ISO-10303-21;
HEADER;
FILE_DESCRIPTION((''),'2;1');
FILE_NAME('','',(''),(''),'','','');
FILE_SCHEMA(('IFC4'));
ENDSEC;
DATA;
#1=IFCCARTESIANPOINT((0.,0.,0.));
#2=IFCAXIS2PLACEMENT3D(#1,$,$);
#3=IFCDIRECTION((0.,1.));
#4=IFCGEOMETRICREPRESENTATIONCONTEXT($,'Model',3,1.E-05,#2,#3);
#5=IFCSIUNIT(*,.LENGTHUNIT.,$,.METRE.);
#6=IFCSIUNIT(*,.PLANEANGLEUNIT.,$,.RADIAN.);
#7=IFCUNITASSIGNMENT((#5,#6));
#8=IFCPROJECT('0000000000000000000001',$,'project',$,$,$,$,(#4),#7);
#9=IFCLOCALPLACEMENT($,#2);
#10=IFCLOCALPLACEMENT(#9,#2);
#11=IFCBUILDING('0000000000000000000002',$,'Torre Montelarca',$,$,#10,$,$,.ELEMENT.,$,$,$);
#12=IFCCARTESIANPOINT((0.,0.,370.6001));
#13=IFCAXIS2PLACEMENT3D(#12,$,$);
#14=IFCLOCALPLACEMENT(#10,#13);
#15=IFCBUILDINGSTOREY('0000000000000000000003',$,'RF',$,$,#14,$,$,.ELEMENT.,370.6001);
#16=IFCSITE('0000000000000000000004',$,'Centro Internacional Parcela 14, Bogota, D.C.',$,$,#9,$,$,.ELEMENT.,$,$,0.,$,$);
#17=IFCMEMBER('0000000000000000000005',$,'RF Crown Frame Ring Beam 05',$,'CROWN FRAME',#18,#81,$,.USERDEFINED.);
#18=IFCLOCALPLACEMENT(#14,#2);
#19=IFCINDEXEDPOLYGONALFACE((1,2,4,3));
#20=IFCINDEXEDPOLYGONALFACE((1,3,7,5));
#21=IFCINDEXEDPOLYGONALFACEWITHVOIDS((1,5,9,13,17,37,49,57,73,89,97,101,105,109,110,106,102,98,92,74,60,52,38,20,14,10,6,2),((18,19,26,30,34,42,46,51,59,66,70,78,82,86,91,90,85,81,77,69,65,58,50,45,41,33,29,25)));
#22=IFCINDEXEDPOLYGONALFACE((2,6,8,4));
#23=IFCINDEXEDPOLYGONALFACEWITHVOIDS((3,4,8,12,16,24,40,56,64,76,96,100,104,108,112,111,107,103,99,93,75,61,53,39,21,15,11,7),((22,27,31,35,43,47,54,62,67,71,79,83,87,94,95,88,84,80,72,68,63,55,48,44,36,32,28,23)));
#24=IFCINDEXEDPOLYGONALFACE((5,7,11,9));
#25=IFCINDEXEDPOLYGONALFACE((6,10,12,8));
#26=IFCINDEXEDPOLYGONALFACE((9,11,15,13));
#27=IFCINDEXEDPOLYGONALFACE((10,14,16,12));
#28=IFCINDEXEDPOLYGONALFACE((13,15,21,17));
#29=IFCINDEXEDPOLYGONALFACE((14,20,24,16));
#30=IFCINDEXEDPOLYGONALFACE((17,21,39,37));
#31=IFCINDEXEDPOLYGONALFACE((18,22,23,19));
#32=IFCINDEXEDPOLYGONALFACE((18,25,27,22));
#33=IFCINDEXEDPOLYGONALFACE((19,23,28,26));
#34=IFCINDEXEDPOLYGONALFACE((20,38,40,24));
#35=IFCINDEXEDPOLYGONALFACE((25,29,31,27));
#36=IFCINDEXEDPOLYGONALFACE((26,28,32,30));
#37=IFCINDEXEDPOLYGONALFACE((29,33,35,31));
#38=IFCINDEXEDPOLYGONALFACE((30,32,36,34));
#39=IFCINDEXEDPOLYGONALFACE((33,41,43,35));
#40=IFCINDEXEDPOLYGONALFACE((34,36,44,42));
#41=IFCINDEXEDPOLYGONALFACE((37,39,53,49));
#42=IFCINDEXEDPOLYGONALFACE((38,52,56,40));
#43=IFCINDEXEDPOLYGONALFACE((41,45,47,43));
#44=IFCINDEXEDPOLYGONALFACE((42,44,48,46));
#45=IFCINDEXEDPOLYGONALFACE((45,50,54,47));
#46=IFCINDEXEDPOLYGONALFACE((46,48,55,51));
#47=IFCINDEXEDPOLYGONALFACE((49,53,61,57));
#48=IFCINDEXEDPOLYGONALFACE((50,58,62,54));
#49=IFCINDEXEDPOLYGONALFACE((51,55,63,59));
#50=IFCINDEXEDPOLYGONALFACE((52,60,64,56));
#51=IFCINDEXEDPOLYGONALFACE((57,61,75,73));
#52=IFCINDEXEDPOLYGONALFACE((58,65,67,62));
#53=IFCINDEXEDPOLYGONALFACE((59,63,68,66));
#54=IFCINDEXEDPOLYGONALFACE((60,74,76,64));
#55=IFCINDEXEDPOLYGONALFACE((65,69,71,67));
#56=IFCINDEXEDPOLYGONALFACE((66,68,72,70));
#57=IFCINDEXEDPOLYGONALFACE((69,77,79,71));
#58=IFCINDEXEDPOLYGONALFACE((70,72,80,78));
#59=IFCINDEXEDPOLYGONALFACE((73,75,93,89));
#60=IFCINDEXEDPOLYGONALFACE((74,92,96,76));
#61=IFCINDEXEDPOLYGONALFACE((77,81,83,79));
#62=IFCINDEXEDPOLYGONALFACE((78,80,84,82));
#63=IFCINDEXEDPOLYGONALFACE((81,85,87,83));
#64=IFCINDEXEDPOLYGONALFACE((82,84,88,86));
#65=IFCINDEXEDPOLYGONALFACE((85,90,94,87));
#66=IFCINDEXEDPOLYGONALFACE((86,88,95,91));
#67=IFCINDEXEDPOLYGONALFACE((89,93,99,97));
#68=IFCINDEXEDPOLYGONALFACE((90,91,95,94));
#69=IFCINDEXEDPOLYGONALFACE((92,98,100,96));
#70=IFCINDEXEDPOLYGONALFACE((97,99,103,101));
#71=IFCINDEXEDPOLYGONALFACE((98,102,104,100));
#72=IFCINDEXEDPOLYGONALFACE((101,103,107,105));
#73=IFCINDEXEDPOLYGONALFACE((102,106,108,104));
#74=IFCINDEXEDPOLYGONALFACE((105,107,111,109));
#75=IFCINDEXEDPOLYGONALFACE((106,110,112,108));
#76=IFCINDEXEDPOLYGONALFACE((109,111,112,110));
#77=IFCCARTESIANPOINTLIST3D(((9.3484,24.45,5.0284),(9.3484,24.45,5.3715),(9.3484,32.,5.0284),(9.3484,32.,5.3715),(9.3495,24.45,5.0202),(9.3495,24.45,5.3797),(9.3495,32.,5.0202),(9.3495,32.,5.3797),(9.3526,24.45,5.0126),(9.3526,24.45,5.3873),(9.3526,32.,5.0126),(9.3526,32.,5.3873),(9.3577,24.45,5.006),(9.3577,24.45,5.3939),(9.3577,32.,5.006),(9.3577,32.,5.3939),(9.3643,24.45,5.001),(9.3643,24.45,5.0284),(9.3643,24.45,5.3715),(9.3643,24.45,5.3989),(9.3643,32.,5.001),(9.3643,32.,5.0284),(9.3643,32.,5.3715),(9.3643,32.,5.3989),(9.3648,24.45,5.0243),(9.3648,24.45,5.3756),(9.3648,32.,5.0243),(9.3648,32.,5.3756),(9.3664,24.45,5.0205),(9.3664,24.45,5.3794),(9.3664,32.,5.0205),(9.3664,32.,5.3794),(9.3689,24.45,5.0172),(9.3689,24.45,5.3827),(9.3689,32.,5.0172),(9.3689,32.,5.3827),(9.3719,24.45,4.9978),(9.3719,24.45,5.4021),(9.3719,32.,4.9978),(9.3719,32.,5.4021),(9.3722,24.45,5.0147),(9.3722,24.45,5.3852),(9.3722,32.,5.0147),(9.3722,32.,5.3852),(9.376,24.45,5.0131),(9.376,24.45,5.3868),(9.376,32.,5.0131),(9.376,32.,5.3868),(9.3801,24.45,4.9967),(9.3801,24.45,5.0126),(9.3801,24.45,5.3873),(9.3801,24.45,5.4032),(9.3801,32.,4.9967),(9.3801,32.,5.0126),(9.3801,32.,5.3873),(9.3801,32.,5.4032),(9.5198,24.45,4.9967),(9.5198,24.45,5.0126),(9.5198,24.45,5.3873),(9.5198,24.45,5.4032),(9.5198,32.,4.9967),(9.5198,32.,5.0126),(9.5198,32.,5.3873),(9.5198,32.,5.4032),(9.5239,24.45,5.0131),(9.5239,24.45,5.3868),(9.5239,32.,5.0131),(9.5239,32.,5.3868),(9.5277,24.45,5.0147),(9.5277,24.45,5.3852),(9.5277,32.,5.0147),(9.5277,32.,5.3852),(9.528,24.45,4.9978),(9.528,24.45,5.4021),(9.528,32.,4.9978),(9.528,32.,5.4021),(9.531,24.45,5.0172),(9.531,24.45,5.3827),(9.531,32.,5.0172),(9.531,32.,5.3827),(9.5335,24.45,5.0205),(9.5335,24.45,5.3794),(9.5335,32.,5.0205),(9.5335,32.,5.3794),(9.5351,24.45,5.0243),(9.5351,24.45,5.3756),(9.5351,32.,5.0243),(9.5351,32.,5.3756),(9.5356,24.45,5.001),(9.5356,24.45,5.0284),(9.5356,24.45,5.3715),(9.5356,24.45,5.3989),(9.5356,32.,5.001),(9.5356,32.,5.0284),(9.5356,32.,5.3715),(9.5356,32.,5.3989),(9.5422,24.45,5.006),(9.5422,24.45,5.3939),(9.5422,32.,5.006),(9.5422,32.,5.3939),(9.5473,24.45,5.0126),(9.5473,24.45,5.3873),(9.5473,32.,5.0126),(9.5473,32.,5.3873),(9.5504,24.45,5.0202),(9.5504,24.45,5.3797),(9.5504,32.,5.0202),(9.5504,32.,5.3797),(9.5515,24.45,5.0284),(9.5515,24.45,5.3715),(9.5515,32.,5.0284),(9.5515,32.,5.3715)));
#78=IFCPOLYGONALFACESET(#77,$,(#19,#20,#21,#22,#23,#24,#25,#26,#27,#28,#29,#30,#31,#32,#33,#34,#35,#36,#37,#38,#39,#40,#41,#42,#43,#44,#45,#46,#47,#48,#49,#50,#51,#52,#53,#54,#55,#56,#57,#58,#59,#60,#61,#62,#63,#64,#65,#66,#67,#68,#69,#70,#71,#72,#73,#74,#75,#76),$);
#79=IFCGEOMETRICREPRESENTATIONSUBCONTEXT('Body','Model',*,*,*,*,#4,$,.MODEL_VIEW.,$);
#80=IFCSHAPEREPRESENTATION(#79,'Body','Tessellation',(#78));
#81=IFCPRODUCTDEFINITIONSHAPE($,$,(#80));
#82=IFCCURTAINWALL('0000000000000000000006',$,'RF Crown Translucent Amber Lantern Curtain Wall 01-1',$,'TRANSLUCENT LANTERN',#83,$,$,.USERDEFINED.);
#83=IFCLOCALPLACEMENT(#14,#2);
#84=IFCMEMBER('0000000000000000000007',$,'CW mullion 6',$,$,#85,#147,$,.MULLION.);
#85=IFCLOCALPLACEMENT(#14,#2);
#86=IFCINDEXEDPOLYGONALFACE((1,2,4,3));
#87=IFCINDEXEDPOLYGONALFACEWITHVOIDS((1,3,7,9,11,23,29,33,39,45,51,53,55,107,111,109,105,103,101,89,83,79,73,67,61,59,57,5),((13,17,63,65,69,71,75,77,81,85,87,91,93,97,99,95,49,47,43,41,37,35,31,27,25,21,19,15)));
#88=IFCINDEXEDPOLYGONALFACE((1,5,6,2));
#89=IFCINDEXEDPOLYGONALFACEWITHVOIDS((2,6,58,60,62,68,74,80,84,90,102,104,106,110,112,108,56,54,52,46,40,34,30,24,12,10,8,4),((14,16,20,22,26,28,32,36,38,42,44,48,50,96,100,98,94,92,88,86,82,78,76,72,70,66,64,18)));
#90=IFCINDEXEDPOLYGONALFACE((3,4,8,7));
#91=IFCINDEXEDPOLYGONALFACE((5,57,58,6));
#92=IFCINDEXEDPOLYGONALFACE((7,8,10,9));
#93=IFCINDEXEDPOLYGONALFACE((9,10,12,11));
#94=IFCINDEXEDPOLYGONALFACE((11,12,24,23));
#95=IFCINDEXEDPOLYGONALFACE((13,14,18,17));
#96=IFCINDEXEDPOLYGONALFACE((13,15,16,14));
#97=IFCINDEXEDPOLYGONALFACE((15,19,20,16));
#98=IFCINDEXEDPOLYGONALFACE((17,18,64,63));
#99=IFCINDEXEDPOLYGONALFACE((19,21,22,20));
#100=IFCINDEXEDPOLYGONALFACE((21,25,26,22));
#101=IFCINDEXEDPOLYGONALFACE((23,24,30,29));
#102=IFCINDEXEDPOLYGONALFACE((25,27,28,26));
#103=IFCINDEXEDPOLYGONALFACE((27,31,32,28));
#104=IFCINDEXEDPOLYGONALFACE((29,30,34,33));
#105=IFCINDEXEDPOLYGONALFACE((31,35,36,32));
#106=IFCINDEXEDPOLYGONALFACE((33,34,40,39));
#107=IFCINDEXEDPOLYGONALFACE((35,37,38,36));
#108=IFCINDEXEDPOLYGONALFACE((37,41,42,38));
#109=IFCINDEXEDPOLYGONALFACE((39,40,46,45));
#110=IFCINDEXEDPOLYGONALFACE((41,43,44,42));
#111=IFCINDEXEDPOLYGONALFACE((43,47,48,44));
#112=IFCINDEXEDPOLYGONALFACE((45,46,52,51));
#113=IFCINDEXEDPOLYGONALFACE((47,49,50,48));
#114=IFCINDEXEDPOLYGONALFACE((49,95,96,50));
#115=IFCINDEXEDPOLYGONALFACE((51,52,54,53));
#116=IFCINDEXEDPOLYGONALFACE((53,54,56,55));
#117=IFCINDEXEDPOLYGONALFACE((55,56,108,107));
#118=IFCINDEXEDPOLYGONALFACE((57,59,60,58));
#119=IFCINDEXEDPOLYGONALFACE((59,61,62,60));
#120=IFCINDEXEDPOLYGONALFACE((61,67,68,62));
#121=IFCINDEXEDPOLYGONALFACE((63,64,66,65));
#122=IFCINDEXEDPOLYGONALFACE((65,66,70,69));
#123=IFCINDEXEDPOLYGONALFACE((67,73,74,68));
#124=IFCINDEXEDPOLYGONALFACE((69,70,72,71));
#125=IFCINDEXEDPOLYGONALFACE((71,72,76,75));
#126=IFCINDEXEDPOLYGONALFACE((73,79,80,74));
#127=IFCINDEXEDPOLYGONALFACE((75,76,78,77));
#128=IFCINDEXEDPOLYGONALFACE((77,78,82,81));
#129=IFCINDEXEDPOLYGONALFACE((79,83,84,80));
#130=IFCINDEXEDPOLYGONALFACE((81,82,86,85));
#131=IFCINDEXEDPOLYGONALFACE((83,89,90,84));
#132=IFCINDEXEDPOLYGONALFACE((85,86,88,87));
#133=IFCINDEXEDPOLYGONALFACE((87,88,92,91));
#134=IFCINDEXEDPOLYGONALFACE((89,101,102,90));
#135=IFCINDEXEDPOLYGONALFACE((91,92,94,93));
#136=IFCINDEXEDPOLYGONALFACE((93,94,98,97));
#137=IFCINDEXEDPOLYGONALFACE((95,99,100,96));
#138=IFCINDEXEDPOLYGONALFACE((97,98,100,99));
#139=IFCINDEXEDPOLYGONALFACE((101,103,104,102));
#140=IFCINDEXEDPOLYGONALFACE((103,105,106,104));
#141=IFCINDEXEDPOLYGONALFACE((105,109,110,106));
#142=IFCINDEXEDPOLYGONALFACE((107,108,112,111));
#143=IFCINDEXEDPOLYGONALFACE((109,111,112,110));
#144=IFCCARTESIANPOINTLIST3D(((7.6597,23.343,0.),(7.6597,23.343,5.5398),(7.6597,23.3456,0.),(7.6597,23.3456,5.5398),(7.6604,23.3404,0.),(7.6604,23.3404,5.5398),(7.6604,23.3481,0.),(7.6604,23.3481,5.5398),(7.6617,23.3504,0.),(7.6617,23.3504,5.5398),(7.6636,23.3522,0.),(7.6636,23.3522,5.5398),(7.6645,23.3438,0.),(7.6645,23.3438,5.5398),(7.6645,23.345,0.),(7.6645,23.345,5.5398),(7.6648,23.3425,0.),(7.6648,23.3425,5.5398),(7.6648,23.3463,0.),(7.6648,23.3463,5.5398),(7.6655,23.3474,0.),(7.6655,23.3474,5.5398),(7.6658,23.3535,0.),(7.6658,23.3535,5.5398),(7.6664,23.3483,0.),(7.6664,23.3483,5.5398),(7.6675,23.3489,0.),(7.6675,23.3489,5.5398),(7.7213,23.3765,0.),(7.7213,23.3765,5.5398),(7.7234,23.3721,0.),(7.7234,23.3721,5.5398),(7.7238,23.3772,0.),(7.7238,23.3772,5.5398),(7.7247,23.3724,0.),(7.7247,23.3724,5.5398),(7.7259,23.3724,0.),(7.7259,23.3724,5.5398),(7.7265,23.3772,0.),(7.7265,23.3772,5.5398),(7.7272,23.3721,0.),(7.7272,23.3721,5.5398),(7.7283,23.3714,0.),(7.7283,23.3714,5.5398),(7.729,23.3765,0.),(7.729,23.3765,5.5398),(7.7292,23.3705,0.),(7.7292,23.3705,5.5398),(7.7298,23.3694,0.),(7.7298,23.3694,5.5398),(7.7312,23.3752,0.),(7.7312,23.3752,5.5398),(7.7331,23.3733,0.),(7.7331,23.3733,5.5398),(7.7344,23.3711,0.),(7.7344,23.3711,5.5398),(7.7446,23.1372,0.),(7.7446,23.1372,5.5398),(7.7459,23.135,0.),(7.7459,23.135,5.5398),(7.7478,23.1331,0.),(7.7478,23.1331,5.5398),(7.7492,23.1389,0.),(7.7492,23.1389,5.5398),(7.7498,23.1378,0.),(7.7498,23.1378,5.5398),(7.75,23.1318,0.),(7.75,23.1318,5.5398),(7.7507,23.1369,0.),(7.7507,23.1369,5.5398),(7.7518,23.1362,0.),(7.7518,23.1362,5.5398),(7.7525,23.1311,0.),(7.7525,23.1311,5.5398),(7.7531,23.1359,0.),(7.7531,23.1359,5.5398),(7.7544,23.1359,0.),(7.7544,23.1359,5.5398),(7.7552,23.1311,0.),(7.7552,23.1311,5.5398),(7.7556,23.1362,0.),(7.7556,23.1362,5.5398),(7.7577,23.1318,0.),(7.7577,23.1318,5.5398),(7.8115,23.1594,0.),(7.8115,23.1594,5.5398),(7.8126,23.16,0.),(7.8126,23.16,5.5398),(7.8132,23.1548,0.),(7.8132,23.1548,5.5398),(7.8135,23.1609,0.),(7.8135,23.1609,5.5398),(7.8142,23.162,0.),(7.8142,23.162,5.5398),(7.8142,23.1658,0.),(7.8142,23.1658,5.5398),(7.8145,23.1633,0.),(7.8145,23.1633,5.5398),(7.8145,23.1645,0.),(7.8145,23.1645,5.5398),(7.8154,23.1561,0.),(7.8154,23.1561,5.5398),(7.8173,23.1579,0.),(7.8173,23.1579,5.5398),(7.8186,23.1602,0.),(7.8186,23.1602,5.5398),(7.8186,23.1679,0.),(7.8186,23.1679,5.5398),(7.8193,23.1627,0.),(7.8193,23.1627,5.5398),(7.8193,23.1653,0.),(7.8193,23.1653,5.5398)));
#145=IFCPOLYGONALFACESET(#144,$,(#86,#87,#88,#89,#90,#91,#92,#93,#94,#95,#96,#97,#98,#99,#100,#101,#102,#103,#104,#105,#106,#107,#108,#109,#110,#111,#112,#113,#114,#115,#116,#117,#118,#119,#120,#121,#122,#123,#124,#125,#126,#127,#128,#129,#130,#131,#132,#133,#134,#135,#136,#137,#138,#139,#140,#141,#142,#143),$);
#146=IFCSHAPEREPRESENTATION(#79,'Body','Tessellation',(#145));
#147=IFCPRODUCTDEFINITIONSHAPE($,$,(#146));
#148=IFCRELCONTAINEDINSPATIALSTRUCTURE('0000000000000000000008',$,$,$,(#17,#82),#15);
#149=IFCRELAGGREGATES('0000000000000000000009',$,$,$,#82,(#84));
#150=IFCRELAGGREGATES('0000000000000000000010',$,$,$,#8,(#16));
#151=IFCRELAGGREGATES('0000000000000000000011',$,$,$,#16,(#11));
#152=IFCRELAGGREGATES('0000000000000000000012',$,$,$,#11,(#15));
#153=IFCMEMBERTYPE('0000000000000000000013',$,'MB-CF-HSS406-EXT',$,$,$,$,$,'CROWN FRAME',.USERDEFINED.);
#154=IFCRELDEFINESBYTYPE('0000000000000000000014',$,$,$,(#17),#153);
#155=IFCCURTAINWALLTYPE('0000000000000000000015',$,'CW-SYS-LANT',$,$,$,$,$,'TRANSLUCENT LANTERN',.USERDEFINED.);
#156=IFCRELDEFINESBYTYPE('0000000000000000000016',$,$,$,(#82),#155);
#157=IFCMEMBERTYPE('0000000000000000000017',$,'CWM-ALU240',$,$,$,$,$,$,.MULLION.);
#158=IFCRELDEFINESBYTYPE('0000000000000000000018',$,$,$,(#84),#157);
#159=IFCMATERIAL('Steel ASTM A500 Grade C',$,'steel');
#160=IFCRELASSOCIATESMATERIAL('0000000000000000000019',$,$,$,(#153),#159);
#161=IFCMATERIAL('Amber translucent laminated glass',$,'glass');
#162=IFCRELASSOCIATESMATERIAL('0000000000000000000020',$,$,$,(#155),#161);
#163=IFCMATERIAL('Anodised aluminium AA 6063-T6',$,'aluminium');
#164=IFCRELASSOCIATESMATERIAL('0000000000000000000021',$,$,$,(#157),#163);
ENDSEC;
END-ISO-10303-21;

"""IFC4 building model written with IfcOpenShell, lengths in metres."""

from ifc_helpers import new_model, si_unit, direction, frame, origin, origin_2d, place, context, subcontext, project, spatial, hollow_rectangle, extrude, source, transform, mapped, material, material_profile, profile_set, type_object, element, aggregate, save


model = new_model("IFC4")

# Units and contexts
model_context = context("Model", 3, precision=1e-05, world=origin(), true_north=direction((0.0, 1.0)))
body_context = subcontext(model_context, "Body", "Model", "MODEL_VIEW")
ifc_project = project(units=[si_unit("LENGTHUNIT", "METRE"), si_unit("PLANEANGLEUNIT", "RADIAN")], contexts=[model_context])

# Site, building, storey
site_placement = place(None, origin())
site = spatial("IfcSite", under=ifc_project, at=site_placement, Name="Centro Internacional Parcela 14, Bogota, D.C.", CompositionType="ELEMENT", RefElevation=0.0)
building_placement = place(site_placement, origin())
building = spatial("IfcBuilding", under=site, at=building_placement, Name="Torre Montelarca", CompositionType="ELEMENT")
storey_placement = place(building_placement, frame((0.0, 0.0, 370.6001)))
storey = spatial("IfcBuildingStorey", under=building, at=storey_placement, Name="RF", CompositionType="ELEMENT", Elevation=370.6001)

# Shared definitions
ifc_material_1 = material(Name="Steel ASTM A500 Grade C", Category="steel")

# Member
ifc_material_profile_1 = material_profile(ifc_material_1, hollow_rectangle(XDim=0.2031, YDim=0.4065, WallThickness=0.0159, InnerFilletRadius=0.0159, OuterFilletRadius=0.0317, at=origin_2d()), Name="HSS406X203X15.9", Category="steel")
ifc_profile_set_1 = profile_set([ifc_material_profile_1], Name="Steel ASTM A500 Grade C")
member_type_1 = type_object("IfcMemberType", Name="MB-CF-HSS406-EXT", ElementType="CROWN FRAME", PredefinedType="USERDEFINED", material=ifc_profile_set_1)
shared_shape_1 = source(origin(), body_context, "Body", "SweptSolid", [
    extrude(hollow_rectangle(XDim=0.2031, YDim=0.4065, WallThickness=0.0159, InnerFilletRadius=0.0159, OuterFilletRadius=0.0317, at=origin_2d()), origin(), (0.0, 0.0, 1.0), 7.55),
])
member_1_placement = place(storey_placement, frame((9.45, 24.45, 5.2), z_axis=(0.0, 1.0, 0.0), x_axis=(-1.0, 0.0, 0.0)))
element("IfcMember", 1, at=member_1_placement, inside=storey, type_object=member_type_1, Name="RF Crown Frame Ring Beam 05", ObjectType="CROWN FRAME", PredefinedType="USERDEFINED", context=body_context, shape_type="MappedRepresentation", body=[
    mapped(shared_shape_1, transform((0.0, 0.0, 0.0), scale=1.0)),
])

# Curtain wall, member
ifc_material_2 = material(Name="Amber translucent laminated glass", Category="glass")
curtain_wall_type = type_object("IfcCurtainWallType", Name="CW-SYS-LANT", ElementType="TRANSLUCENT LANTERN", PredefinedType="USERDEFINED", material=ifc_material_2)
curtain_wall_1_placement = place(storey_placement, origin())
curtain_wall_1 = element("IfcCurtainWall", 2, at=curtain_wall_1_placement, inside=storey, type_object=curtain_wall_type, Name="RF Crown Translucent Amber Lantern Curtain Wall 01-1", ObjectType="TRANSLUCENT LANTERN", PredefinedType="USERDEFINED")
ifc_material_3 = material(Name="Anodised aluminium AA 6063-T6", Category="aluminium")
ifc_material_profile_2 = material_profile(ifc_material_3, hollow_rectangle(XDim=0.0801, YDim=0.24, WallThickness=0.0049, InnerFilletRadius=0.0049, OuterFilletRadius=0.01, at=origin_2d()), Name="ALU80X240X5", Category="aluminium")
ifc_profile_set_2 = profile_set([ifc_material_profile_2], Name="Anodised aluminium AA 6063-T6")
member_type_2 = type_object("IfcMemberType", Name="CWM-ALU240", PredefinedType="MULLION", material=ifc_profile_set_2)
shared_shape_2 = source(origin(), body_context, "Body", "SweptSolid", [
    extrude(hollow_rectangle(XDim=0.0801, YDim=0.24, WallThickness=0.0049, InnerFilletRadius=0.0049, OuterFilletRadius=0.01, at=origin_2d()), origin(), (0.0, 0.0, 1.0), 5.5398),
])
member_2_placement = place(storey_placement, frame((7.7395, 23.2542, 0.0), z_axis=(0.0, 0.0, 1.0), x_axis=(0.923879, 0.382685, 0.0)))
member_2 = element("IfcMember", 3, at=member_2_placement, type_object=member_type_2, Name="CW mullion 6", PredefinedType="MULLION", context=body_context, shape_type="MappedRepresentation", body=[
    mapped(shared_shape_2, transform((0.0, 0.0, 0.0), scale=1.0)),
])

aggregate(curtain_wall_1, [member_2])

save(model, "model.ifc")
